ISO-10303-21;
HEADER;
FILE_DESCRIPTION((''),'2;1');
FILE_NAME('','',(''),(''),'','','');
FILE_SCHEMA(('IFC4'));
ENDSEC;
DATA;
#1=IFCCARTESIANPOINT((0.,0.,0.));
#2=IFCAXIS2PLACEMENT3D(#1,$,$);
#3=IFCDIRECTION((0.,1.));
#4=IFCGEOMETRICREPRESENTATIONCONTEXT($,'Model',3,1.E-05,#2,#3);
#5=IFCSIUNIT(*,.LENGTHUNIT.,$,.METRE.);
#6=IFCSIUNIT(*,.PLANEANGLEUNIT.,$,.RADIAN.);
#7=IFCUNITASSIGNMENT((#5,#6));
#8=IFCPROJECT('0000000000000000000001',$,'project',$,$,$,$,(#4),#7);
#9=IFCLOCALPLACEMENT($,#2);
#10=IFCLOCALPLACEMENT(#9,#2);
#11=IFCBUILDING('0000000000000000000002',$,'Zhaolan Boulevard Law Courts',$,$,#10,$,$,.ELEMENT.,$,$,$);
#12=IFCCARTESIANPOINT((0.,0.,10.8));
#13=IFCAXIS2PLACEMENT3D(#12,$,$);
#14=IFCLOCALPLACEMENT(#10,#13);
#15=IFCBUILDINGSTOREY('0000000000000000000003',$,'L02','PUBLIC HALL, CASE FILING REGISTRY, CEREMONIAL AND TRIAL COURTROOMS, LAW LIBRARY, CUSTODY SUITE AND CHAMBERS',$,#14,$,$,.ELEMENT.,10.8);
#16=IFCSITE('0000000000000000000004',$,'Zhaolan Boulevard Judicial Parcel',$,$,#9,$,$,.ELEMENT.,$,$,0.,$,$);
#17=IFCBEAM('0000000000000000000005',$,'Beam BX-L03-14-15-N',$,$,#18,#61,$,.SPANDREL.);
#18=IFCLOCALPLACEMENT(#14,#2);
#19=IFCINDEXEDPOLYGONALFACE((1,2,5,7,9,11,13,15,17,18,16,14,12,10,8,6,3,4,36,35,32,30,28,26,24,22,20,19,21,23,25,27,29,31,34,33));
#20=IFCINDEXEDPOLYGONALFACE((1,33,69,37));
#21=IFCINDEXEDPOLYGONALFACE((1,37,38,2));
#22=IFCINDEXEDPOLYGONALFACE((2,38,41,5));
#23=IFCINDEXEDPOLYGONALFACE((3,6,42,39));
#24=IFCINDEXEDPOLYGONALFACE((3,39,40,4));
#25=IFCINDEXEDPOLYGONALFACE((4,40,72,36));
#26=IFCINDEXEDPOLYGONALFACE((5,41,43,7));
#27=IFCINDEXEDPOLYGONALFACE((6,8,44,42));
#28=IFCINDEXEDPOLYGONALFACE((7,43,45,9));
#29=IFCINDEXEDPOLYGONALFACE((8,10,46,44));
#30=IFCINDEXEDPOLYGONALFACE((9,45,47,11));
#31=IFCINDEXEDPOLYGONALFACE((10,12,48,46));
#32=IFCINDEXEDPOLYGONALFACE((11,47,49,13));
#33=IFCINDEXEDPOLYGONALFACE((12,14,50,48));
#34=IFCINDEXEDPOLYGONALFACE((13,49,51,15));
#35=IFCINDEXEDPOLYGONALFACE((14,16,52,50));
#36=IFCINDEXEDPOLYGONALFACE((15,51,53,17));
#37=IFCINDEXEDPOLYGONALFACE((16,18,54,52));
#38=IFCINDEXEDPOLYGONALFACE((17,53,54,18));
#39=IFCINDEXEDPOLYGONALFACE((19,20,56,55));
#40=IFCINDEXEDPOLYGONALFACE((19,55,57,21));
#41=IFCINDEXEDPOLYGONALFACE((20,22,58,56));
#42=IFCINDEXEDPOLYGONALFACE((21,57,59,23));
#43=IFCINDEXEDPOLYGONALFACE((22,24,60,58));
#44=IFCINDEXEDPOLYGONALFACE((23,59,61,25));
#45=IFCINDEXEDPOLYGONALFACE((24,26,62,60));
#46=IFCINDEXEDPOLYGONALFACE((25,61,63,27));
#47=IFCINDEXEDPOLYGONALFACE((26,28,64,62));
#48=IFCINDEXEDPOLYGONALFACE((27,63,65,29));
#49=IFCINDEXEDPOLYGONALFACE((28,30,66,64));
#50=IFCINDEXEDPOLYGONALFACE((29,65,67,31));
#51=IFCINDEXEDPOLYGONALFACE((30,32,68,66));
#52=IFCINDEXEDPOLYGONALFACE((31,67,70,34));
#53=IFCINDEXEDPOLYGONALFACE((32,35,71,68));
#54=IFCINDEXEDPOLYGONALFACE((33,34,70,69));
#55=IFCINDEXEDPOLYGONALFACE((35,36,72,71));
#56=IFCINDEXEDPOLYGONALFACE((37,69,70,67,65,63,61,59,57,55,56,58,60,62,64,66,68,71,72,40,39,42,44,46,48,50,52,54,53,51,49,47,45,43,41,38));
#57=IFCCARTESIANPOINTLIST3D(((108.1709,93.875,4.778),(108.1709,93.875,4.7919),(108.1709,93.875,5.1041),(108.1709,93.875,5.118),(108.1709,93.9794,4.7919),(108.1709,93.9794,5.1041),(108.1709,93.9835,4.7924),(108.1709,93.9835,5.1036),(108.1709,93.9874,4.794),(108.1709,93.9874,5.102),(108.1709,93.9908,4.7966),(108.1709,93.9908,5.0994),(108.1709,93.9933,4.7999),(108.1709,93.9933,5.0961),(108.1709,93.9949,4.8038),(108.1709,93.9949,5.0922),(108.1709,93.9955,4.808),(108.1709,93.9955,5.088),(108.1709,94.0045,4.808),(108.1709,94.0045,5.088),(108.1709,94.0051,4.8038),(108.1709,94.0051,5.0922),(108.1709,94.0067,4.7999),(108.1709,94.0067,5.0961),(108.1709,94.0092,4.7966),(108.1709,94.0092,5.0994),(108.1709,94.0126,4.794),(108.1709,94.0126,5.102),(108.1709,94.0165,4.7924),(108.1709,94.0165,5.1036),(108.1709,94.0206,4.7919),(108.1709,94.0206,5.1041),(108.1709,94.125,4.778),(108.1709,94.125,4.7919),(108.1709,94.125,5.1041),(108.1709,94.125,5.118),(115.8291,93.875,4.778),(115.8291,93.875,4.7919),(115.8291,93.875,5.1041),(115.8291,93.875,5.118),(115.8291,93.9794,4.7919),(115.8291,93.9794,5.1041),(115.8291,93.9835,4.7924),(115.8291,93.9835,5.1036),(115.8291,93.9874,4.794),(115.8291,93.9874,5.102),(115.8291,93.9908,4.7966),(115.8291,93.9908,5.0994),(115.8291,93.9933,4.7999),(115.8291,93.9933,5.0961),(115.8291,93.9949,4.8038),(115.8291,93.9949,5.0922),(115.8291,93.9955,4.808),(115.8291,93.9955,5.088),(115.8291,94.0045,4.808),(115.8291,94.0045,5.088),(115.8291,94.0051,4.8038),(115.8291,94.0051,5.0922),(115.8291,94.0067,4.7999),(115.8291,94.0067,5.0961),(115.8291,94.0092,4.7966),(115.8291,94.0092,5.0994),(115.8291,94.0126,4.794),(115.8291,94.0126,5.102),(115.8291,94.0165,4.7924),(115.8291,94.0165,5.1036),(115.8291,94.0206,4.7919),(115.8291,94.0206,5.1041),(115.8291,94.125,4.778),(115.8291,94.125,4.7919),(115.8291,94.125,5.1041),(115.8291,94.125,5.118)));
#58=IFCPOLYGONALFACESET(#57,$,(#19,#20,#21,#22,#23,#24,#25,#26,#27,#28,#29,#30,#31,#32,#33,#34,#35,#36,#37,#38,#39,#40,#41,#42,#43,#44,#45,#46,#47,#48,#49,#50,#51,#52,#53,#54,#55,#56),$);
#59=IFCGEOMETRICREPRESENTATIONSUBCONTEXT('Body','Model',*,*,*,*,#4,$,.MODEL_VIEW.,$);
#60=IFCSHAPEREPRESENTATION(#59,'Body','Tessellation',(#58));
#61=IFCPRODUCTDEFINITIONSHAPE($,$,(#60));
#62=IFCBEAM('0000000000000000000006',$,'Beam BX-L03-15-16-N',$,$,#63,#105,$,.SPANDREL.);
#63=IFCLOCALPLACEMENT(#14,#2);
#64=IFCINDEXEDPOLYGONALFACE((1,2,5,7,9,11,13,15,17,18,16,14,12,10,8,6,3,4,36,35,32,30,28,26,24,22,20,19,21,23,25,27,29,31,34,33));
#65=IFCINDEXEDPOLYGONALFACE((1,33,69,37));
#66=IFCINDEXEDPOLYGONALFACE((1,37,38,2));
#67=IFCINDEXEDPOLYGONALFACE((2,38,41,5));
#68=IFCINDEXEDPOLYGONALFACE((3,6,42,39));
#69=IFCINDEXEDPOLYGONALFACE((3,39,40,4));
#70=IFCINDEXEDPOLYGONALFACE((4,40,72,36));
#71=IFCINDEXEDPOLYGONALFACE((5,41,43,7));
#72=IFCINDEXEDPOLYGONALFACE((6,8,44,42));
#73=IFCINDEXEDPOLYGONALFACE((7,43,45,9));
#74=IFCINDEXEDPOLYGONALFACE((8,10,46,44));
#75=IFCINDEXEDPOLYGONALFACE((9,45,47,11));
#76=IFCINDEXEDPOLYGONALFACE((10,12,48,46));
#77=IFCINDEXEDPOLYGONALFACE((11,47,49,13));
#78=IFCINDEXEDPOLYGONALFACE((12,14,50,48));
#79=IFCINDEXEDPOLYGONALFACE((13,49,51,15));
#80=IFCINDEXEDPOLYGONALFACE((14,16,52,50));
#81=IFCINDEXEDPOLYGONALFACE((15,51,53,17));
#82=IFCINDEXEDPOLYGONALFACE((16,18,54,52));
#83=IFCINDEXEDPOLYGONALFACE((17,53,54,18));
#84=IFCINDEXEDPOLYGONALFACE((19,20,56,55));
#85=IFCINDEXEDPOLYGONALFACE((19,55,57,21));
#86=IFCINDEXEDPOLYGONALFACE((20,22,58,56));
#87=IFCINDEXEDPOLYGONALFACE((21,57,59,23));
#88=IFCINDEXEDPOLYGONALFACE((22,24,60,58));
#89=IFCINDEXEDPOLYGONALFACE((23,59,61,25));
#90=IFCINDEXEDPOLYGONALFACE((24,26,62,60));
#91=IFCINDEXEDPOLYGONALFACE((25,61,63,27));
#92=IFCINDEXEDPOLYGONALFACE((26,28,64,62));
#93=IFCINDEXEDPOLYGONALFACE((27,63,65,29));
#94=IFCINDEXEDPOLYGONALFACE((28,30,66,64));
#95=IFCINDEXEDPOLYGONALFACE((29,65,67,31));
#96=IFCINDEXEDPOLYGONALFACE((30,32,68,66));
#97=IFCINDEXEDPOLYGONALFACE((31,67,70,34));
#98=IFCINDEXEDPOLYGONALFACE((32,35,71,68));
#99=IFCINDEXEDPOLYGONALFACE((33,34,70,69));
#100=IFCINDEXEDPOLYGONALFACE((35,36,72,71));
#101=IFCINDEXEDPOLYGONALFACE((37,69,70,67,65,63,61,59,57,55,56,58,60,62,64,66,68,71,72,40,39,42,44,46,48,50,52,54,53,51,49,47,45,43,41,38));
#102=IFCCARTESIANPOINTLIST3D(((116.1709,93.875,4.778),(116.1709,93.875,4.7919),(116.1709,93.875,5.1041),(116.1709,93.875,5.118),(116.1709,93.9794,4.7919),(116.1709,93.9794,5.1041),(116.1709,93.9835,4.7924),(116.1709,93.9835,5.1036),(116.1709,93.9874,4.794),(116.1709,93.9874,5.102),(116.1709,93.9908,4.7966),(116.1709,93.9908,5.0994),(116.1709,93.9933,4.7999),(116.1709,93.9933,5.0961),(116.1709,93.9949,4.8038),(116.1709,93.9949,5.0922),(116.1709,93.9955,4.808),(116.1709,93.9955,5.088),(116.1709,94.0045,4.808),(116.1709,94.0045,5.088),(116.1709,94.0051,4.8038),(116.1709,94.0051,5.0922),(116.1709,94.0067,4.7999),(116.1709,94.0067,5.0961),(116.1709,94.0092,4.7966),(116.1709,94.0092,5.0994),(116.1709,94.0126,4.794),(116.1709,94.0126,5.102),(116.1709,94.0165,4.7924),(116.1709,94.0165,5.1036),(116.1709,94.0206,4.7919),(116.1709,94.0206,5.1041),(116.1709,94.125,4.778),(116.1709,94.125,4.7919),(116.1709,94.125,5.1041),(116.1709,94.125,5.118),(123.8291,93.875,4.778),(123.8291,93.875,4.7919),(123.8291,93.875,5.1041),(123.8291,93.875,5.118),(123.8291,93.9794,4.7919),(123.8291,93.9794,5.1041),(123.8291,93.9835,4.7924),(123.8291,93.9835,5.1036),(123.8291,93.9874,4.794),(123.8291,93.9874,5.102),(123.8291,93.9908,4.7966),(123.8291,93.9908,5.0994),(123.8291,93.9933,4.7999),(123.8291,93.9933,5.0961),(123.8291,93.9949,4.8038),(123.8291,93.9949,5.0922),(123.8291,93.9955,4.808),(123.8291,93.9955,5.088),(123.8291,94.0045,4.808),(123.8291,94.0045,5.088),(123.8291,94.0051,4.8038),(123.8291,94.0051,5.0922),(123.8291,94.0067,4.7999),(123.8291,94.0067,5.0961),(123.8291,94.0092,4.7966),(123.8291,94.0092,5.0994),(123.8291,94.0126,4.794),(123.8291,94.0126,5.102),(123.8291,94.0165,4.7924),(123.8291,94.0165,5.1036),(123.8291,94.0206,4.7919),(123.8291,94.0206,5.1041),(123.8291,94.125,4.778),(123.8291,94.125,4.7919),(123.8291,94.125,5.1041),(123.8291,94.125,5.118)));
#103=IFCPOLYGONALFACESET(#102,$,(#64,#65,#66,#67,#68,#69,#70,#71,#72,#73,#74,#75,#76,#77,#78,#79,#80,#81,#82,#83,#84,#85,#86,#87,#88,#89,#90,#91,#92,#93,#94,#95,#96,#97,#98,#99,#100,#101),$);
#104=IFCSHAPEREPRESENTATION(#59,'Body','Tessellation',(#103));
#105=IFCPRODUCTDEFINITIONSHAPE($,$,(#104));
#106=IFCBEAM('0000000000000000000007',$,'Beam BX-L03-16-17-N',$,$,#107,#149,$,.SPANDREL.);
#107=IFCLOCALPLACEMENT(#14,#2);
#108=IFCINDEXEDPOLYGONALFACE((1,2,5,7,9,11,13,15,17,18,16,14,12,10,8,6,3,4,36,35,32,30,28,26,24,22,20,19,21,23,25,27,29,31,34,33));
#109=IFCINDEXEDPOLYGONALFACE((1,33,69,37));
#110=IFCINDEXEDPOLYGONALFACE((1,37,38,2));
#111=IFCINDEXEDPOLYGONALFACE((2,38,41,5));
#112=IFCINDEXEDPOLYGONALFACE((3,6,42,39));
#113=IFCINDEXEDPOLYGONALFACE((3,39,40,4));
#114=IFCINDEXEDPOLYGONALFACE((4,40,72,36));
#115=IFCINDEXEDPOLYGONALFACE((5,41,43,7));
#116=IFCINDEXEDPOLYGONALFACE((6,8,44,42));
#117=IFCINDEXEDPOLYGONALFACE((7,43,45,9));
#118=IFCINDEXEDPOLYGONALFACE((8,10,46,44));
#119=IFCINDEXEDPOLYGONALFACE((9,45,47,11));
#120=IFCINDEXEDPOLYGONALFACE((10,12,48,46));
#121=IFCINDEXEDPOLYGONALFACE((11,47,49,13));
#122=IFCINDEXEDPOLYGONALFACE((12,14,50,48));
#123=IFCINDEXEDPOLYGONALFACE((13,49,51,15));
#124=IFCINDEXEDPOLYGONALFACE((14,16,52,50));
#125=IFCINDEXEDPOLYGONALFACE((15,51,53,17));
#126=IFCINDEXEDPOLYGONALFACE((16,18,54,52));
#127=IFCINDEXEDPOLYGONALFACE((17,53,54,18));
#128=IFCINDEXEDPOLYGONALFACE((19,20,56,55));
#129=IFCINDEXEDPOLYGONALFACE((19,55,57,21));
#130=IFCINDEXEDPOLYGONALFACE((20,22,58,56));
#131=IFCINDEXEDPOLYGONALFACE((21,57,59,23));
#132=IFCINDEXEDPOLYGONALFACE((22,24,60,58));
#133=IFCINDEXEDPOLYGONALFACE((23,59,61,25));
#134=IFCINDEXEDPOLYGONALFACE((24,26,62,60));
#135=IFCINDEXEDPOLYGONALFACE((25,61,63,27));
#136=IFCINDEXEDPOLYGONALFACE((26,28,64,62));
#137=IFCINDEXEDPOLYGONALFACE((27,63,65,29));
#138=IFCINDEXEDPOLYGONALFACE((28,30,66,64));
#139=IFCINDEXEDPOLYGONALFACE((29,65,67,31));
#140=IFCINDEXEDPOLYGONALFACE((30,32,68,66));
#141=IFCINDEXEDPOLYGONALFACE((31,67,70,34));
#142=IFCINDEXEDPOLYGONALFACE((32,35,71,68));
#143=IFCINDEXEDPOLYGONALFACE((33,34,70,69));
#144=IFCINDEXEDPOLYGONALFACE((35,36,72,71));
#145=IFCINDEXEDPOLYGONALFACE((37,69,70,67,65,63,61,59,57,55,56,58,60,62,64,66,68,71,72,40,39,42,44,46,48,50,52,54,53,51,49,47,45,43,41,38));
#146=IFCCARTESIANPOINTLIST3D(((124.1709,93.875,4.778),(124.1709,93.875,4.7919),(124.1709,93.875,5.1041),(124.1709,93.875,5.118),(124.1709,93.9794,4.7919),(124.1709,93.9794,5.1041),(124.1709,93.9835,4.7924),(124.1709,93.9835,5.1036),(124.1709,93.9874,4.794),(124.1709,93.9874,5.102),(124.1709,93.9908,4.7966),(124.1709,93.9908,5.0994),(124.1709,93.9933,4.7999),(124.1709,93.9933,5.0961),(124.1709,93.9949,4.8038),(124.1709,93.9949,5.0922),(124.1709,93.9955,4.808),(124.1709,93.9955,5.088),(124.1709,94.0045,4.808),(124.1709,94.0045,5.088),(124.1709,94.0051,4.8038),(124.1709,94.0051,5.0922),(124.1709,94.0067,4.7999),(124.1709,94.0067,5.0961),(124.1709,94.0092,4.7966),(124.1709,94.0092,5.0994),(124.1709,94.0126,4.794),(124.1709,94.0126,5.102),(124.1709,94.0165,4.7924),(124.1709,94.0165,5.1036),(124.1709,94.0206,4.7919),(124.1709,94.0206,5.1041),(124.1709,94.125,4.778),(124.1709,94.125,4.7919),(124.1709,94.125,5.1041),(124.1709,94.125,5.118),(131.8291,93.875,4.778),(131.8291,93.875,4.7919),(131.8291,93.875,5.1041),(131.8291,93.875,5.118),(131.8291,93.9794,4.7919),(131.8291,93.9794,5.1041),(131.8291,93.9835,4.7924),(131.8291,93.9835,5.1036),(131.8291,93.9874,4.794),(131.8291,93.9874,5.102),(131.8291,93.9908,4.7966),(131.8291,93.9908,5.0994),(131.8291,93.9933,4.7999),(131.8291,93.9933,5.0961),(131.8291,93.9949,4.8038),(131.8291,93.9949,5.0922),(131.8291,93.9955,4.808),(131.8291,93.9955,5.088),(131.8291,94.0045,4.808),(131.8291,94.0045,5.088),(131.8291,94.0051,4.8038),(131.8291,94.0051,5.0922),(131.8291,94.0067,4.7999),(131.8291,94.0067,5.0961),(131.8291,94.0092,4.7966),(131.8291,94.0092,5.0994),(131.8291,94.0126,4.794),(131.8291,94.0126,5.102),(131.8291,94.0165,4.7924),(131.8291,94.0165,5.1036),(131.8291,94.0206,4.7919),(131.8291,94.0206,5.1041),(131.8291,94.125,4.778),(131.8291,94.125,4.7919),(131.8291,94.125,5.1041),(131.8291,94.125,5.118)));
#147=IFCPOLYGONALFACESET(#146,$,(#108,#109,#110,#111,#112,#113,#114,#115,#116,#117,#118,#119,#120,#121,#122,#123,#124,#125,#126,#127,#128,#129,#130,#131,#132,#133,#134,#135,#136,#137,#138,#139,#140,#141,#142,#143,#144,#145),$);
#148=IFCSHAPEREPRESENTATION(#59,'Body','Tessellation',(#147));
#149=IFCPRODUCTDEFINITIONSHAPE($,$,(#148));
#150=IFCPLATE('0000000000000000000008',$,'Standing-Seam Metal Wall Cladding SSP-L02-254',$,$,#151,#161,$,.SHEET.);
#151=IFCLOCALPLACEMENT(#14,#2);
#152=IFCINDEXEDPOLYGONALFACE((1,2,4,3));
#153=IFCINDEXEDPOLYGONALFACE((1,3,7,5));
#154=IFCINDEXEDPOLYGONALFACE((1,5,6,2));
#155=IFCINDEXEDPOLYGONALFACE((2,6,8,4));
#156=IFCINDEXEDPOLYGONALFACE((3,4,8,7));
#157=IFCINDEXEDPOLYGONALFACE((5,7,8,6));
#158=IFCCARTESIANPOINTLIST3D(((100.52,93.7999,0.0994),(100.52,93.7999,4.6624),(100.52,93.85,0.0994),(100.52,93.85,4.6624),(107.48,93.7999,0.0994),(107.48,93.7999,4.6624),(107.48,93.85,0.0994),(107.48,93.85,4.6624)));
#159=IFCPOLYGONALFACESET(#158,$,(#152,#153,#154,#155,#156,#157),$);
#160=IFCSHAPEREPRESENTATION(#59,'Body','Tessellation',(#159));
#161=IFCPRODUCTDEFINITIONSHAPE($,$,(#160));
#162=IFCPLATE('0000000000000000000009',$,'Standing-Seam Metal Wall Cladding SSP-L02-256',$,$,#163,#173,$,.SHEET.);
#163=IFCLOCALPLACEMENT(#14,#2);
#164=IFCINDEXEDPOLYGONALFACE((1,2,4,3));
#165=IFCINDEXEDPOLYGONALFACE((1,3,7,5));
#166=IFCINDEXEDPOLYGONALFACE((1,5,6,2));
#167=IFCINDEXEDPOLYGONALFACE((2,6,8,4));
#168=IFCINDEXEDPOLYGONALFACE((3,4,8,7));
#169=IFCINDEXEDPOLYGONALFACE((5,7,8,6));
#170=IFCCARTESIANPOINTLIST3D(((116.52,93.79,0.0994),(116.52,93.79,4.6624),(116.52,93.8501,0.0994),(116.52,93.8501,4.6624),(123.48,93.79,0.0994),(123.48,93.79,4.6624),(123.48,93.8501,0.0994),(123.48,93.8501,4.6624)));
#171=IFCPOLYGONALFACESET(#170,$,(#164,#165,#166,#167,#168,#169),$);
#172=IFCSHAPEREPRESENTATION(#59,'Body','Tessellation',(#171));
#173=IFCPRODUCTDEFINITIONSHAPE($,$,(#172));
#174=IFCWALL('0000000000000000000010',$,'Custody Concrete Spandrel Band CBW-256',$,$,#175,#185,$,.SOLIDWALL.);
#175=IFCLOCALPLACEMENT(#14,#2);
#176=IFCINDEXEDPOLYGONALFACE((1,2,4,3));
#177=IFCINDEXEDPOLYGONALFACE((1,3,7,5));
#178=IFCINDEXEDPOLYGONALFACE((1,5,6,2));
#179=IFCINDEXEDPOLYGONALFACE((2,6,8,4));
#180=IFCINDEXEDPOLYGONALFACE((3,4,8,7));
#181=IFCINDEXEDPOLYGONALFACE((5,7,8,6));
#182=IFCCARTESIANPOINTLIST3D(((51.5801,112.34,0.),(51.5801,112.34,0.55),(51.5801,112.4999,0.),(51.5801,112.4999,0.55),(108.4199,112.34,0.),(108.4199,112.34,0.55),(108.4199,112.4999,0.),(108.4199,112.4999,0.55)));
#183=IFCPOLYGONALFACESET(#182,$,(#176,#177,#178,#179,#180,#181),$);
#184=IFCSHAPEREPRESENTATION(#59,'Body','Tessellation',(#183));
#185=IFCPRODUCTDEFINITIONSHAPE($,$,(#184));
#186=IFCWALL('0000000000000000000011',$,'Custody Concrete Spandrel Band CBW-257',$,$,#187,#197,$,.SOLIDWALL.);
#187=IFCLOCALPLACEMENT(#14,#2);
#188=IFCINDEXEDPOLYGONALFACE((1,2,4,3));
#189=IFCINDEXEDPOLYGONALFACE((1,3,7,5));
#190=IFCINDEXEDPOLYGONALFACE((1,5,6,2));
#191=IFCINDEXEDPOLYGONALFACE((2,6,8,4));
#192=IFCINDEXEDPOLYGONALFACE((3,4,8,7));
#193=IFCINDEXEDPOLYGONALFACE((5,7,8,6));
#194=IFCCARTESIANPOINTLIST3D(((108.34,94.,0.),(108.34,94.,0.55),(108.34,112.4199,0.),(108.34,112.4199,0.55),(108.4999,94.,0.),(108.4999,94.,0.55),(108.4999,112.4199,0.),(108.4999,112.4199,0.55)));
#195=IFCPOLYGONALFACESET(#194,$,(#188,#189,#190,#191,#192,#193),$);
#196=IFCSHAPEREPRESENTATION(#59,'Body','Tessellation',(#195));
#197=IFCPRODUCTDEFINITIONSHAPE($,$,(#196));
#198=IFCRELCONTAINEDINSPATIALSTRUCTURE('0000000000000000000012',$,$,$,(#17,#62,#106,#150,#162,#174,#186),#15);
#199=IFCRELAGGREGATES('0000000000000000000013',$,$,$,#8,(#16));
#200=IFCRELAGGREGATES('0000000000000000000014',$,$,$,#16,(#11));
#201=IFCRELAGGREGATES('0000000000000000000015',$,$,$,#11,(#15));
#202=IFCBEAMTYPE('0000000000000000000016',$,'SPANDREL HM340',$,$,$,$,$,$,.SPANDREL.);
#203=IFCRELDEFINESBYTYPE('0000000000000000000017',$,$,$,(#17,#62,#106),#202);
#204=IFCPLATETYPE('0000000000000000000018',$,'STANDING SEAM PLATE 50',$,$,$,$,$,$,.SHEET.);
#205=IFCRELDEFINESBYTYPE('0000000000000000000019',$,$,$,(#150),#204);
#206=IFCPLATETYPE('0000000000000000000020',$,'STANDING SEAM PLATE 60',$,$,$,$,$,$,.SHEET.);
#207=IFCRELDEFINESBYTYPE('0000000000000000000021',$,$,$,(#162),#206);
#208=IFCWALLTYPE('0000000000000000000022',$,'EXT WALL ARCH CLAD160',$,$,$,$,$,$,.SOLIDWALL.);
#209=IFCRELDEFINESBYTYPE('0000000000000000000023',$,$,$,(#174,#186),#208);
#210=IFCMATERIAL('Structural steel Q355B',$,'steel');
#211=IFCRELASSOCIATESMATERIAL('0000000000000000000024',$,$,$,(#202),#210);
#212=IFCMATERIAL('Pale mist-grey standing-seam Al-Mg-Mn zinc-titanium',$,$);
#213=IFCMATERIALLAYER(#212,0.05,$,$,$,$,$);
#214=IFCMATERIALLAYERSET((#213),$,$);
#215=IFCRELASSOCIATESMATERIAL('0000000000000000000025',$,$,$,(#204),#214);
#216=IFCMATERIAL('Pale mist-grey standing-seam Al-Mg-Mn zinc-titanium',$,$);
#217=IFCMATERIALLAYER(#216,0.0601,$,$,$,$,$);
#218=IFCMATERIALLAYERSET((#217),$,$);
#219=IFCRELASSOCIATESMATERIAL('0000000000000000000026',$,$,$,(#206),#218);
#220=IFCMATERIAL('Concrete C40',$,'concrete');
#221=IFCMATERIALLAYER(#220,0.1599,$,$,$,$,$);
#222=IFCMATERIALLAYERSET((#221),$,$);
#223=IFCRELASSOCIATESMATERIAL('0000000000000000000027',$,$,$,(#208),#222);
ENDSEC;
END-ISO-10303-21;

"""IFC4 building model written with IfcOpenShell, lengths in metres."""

from ifc_helpers import new_model, si_unit, direction, frame, frame_2d, origin, origin_2d, place, context, subcontext, project, spatial, rectangle, i_section, extrude, material, layer, layer_set, material_profile, profile_set, type_object, element, save


model = new_model("IFC4")

# Units and contexts
model_context = context("Model", 3, precision=1e-05, world=origin(), true_north=direction((0.0, 1.0)))
body_context = subcontext(model_context, "Body", "Model", "MODEL_VIEW")
ifc_project = project(units=[si_unit("LENGTHUNIT", "METRE"), si_unit("PLANEANGLEUNIT", "RADIAN")], contexts=[model_context])

# Site, building, storey
site_placement = place(None, origin())
site = spatial("IfcSite", under=ifc_project, at=site_placement, Name="Zhaolan Boulevard Judicial Parcel", CompositionType="ELEMENT", RefElevation=0.0)
building_placement = place(site_placement, origin())
building = spatial("IfcBuilding", under=site, at=building_placement, Name="Zhaolan Boulevard Law Courts", CompositionType="ELEMENT")
storey_placement = place(building_placement, frame((0.0, 0.0, 10.8)))
storey = spatial("IfcBuildingStorey", under=building, at=storey_placement, Name="L02", Description="PUBLIC HALL, CASE FILING REGISTRY, CEREMONIAL AND TRIAL COURTROOMS, LAW LIBRARY, CUSTODY SUITE AND CHAMBERS", CompositionType="ELEMENT", Elevation=10.8)

# Beams
ifc_material_1 = material(Name="Structural steel Q355B", Category="steel")
ifc_material_profile_1 = material_profile(ifc_material_1, i_section(OverallWidth=0.25, OverallDepth=0.3401, WebThickness=0.009, FlangeThickness=0.0139, FilletRadius=0.0161, at=origin_2d()), Name="HM340x250")
ifc_profile_set_1 = profile_set([ifc_material_profile_1], Name="Structural steel Q355B")
beam_type_1 = type_object("IfcBeamType", Name="SPANDREL HM340", PredefinedType="SPANDREL", material=ifc_profile_set_1)
for number, where, z_axis, x_axis, name in (
    (1, (108.1709, 94.0, 4.948), (1.0, 0.0, 0.0), (0.0, 1.0, 0.0), "Beam BX-L03-14-15-N"),
    (2, (116.1709, 94.0, 4.948), (1.0, 0.0, 0.0), (0.0, 1.0, 0.0), "Beam BX-L03-15-16-N"),
    (3, (124.1709, 94.0, 4.948), (1.0, 0.0, 0.0), (0.0, 1.0, 0.0), "Beam BX-L03-16-17-N"),
):
    element("IfcBeam", number, at=place(storey_placement, frame(where, z_axis=z_axis, x_axis=x_axis)), inside=storey, type_object=beam_type_1, Name=name, PredefinedType="SPANDREL", context=body_context, shape_type="SweptSolid", body=[
        extrude(i_section(OverallWidth=0.25, OverallDepth=0.3401, WebThickness=0.009, FlangeThickness=0.0139, FilletRadius=0.0161, at=origin_2d()), origin(), (0.0, 0.0, 1.0), 7.6582),
    ])

# Plates
ifc_material_2 = material(Name="Pale mist-grey standing-seam Al-Mg-Mn zinc-titanium")
ifc_layer_1 = layer(ifc_material_2, 0.05)
ifc_layer_set_1 = layer_set([ifc_layer_1])
plate_type_1 = type_object("IfcPlateType", Name="STANDING SEAM PLATE 50", PredefinedType="SHEET", material=ifc_layer_set_1)
plate_1_placement = place(storey_placement, frame((104.0, 93.825, 0.0994), z_axis=(0.0, 0.0, 1.0), x_axis=(-1.0, 0.0, 0.0)))
element("IfcPlate", 4, at=plate_1_placement, inside=storey, type_object=plate_type_1, Name="Standing-Seam Metal Wall Cladding SSP-L02-254", PredefinedType="SHEET", context=body_context, shape_type="SweptSolid", body=[
    extrude(rectangle(XDim=6.96, YDim=0.05, at=origin_2d()), origin(), (0.0, 0.0, 1.0), 4.563),
])
ifc_material_3 = material(Name="Pale mist-grey standing-seam Al-Mg-Mn zinc-titanium")
ifc_layer_2 = layer(ifc_material_3, 0.0601)
ifc_layer_set_2 = layer_set([ifc_layer_2])
plate_type_2 = type_object("IfcPlateType", Name="STANDING SEAM PLATE 60", PredefinedType="SHEET", material=ifc_layer_set_2)
plate_2_placement = place(storey_placement, frame((120.0, 93.8201, 0.0994), z_axis=(0.0, 0.0, 1.0), x_axis=(-1.0, 0.0, 0.0)))
element("IfcPlate", 5, at=plate_2_placement, inside=storey, type_object=plate_type_2, Name="Standing-Seam Metal Wall Cladding SSP-L02-256", PredefinedType="SHEET", context=body_context, shape_type="SweptSolid", body=[
    extrude(rectangle(XDim=6.96, YDim=0.0601, at=origin_2d()), origin(), (0.0, 0.0, 1.0), 4.563),
])

# Walls
ifc_material_4 = material(Name="Concrete C40", Category="concrete")
ifc_layer_3 = layer(ifc_material_4, 0.1599)
ifc_layer_set_3 = layer_set([ifc_layer_3])
wall_type_1 = type_object("IfcWallType", Name="EXT WALL ARCH CLAD160", PredefinedType="SOLIDWALL", material=ifc_layer_set_3)
wall_1_placement = place(storey_placement, frame((108.4199, 112.4199, 0.0), z_axis=(0.0, 0.0, 1.0), x_axis=(-1.0, 0.0, 0.0)))
element("IfcWall", 6, at=wall_1_placement, inside=storey, type_object=wall_type_1, Name="Custody Concrete Spandrel Band CBW-256", PredefinedType="SOLIDWALL", context=body_context, shape_type="SweptSolid", body=[
    extrude(rectangle(XDim=56.8398, YDim=0.1599, at=frame_2d((28.4199, 0.0))), origin(), (0.0, 0.0, 1.0), 0.55),
])
wall_2_placement = place(storey_placement, frame((108.4199, 94.0, 0.0), z_axis=(0.0, 0.0, 1.0), x_axis=(0.0, 1.0, 0.0)))
element("IfcWall", 7, at=wall_2_placement, inside=storey, type_object=wall_type_1, Name="Custody Concrete Spandrel Band CBW-257", PredefinedType="SOLIDWALL", context=body_context, shape_type="SweptSolid", body=[
    extrude(rectangle(XDim=18.4199, YDim=0.1599, at=frame_2d((9.21, 0.0))), origin(), (0.0, 0.0, 1.0), 0.55),
])

save(model, "model.ifc")
